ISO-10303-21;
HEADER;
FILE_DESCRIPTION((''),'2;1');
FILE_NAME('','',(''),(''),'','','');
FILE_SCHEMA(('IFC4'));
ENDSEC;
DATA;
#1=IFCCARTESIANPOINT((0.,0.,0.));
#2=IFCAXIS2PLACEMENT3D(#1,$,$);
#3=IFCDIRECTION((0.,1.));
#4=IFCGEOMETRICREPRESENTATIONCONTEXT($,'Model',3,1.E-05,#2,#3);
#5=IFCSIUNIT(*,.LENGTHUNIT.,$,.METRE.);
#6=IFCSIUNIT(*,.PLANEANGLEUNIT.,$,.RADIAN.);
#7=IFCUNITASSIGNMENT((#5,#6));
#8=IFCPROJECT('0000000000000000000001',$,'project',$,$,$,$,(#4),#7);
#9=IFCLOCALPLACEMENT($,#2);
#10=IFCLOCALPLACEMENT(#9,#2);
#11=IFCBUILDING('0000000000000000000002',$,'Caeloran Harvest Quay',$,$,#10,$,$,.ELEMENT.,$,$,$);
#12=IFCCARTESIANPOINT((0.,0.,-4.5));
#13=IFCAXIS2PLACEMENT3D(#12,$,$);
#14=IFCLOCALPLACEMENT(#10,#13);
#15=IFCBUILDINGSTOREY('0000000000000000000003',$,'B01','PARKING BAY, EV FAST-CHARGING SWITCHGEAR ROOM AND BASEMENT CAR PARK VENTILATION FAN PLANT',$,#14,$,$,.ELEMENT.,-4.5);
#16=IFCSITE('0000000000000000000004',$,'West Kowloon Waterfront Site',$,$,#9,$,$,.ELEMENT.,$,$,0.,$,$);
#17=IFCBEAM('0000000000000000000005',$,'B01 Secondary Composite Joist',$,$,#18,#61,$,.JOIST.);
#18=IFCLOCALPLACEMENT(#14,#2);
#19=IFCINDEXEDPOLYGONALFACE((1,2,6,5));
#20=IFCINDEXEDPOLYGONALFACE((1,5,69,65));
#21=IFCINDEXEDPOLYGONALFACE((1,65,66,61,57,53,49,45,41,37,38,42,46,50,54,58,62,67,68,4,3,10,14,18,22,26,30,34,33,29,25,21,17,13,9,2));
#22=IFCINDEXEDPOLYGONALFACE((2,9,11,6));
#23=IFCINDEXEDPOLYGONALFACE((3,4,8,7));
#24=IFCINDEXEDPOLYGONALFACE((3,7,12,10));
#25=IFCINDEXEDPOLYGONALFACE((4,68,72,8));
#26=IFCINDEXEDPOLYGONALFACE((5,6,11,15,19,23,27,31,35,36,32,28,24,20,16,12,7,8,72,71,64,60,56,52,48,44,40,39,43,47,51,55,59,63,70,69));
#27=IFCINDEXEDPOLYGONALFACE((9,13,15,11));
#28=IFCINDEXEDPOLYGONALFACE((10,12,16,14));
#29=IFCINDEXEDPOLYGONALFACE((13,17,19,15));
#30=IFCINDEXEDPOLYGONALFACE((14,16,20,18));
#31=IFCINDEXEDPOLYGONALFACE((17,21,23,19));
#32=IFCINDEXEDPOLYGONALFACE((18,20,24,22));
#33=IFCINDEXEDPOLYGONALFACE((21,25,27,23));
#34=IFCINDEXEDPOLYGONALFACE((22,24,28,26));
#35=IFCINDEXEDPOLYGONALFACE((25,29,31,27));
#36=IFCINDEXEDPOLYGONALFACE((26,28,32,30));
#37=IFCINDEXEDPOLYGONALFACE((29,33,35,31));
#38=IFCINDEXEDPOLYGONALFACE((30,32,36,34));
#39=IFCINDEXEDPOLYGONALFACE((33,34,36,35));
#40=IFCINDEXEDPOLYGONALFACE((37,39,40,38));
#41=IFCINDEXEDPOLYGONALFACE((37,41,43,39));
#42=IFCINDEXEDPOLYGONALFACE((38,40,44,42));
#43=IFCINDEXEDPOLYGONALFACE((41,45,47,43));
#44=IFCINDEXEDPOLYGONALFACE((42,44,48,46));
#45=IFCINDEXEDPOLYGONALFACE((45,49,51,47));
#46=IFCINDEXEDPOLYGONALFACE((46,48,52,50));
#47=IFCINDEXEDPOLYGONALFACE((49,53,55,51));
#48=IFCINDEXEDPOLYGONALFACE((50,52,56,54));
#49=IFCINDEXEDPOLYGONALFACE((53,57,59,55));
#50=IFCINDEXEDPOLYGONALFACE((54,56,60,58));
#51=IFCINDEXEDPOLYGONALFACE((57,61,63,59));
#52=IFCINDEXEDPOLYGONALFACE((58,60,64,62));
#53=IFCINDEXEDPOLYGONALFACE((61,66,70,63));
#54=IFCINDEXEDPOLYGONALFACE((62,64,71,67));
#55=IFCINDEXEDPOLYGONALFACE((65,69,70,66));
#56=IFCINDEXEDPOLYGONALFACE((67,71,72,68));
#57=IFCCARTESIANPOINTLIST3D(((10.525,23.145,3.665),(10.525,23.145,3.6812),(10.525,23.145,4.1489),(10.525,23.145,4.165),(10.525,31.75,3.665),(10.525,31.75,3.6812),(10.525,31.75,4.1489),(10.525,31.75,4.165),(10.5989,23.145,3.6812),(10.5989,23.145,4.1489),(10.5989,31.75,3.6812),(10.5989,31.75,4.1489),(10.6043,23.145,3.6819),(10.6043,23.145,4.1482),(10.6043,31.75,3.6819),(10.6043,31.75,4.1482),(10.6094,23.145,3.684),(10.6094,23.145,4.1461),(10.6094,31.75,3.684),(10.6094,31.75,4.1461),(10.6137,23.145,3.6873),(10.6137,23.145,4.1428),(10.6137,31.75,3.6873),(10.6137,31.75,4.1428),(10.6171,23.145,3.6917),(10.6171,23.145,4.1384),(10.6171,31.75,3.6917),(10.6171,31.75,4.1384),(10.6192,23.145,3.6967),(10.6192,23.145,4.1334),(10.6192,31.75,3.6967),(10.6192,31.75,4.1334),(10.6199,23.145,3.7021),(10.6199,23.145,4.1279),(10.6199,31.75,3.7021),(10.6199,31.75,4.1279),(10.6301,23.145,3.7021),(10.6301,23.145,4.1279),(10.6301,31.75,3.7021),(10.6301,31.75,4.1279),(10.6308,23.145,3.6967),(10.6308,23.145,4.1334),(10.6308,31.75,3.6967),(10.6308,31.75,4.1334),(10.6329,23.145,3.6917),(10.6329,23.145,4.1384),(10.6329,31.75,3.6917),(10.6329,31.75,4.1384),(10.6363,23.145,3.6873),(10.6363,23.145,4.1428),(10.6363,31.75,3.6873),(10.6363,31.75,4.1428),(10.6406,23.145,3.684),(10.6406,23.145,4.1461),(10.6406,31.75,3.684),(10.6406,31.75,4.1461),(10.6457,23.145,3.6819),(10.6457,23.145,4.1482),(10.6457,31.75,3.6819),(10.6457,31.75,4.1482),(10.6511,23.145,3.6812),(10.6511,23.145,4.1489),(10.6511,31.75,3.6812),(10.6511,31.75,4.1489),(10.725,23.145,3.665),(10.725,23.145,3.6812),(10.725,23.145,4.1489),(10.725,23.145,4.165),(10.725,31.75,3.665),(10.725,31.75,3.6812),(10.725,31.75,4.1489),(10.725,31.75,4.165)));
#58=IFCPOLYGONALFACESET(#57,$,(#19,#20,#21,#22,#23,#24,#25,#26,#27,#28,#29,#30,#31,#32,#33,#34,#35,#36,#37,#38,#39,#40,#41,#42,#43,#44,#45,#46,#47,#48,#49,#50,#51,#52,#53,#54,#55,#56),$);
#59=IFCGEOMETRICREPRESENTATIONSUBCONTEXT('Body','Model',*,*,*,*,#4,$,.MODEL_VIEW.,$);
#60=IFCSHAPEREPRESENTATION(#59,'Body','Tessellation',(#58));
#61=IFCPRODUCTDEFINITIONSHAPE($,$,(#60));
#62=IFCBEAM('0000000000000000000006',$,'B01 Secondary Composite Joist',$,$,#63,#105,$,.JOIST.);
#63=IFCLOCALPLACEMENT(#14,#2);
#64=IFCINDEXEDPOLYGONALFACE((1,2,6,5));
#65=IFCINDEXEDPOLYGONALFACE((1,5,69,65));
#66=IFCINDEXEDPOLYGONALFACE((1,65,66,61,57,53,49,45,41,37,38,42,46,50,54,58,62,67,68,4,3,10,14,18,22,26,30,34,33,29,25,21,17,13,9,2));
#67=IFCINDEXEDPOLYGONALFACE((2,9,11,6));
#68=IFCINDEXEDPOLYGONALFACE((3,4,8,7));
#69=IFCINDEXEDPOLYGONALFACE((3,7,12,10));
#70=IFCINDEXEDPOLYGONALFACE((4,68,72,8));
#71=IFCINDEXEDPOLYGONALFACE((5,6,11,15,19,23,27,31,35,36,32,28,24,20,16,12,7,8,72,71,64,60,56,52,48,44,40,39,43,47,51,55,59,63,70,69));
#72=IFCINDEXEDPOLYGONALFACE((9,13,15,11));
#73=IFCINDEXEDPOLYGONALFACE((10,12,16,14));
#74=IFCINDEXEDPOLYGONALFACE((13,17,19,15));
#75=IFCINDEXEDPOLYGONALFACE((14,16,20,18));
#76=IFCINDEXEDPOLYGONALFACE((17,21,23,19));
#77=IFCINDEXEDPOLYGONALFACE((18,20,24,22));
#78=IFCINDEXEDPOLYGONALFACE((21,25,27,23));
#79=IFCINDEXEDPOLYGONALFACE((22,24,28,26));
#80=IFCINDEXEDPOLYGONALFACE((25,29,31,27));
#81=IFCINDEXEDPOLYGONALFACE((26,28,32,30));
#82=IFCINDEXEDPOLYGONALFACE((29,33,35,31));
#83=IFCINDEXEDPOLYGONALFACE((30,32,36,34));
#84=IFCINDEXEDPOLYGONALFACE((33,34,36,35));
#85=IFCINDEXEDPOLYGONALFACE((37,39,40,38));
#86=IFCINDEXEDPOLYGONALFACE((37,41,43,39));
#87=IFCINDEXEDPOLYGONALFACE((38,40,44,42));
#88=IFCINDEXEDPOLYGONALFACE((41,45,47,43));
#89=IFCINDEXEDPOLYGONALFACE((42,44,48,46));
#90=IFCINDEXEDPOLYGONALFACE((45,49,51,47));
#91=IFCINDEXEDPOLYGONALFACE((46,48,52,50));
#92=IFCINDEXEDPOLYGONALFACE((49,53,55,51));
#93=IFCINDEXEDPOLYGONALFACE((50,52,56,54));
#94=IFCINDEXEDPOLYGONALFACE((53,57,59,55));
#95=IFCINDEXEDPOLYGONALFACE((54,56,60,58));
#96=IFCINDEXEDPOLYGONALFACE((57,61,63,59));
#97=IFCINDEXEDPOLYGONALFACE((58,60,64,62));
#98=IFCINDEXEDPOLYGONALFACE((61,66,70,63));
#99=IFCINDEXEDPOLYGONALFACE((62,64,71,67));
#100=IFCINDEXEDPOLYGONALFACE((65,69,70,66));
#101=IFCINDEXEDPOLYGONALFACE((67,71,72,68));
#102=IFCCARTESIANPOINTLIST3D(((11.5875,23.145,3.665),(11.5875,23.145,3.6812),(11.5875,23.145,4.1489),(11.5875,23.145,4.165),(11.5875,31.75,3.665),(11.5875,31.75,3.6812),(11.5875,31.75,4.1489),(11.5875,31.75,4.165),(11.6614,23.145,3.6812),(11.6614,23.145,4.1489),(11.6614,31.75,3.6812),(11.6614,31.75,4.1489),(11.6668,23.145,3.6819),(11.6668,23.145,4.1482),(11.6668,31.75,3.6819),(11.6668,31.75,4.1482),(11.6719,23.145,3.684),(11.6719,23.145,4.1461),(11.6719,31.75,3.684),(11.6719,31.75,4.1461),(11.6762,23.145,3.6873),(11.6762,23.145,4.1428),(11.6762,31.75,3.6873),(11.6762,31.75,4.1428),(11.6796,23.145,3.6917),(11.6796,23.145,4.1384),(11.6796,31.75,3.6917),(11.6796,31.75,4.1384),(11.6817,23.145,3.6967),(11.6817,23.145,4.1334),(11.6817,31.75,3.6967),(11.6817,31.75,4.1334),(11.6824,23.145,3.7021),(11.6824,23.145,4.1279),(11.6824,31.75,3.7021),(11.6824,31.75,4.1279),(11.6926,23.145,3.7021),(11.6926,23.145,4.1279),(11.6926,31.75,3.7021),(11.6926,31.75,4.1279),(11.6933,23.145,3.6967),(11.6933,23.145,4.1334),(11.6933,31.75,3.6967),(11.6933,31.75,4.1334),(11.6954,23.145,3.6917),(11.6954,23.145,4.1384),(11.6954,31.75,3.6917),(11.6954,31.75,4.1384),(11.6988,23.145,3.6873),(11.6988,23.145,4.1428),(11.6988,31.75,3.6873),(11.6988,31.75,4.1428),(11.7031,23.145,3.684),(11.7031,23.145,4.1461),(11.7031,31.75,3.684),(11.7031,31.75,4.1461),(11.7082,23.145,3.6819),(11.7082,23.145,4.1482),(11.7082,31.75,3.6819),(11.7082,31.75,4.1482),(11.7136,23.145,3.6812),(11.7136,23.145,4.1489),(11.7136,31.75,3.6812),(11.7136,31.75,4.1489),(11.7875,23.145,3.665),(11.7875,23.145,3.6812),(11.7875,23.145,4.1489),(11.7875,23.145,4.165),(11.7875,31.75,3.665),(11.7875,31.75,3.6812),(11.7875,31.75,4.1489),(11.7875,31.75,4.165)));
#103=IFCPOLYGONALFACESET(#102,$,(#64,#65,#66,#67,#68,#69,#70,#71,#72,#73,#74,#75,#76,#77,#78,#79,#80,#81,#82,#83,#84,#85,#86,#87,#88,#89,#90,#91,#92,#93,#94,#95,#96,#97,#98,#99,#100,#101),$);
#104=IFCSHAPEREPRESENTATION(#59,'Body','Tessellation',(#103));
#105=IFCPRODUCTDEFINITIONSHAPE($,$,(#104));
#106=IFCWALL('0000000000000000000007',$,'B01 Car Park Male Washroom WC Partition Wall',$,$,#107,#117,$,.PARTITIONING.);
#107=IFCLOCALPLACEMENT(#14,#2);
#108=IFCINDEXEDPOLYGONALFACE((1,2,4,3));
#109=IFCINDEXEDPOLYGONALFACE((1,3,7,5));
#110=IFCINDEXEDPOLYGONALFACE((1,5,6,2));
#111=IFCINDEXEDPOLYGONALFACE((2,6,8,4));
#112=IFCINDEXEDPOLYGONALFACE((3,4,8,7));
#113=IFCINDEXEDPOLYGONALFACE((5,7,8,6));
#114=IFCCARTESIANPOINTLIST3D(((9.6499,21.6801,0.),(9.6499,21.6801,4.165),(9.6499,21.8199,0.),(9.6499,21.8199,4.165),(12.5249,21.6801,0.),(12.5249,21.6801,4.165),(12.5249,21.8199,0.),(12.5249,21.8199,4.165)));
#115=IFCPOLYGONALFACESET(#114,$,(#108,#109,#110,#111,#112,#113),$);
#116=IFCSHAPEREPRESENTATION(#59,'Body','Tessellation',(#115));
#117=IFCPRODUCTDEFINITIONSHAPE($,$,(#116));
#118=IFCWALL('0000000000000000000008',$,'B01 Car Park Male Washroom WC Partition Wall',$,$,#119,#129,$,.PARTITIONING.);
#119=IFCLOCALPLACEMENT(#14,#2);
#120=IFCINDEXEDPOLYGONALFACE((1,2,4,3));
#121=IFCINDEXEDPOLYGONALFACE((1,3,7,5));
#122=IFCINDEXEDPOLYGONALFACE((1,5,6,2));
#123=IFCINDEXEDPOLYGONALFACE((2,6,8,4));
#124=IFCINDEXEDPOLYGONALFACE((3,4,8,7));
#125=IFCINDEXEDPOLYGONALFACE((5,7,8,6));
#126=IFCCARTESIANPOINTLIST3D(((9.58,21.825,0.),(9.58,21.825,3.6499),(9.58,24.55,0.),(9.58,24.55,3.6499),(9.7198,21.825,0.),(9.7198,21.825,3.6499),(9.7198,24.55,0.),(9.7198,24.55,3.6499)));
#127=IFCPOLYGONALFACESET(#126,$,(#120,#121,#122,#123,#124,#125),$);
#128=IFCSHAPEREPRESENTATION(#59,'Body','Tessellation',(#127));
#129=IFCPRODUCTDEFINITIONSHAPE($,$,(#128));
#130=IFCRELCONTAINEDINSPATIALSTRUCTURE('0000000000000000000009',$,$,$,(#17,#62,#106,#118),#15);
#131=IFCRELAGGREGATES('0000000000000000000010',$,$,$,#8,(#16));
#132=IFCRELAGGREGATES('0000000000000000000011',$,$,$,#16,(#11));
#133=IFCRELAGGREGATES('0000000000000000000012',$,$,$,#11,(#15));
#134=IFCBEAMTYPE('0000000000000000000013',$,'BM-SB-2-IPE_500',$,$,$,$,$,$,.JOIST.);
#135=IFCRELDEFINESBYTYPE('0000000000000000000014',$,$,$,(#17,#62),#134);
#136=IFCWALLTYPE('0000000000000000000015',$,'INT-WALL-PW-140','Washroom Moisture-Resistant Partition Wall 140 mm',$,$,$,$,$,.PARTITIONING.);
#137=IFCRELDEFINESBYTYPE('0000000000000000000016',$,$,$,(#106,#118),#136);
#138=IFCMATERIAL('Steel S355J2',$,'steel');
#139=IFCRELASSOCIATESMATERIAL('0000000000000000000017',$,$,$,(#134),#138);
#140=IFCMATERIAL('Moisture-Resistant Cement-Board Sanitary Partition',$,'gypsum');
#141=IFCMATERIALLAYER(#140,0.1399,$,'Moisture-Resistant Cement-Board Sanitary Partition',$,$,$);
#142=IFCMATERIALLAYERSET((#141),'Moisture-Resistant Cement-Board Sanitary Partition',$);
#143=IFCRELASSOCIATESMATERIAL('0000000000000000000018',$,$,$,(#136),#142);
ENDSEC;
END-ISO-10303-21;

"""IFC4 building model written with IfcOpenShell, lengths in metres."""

from ifc_helpers import new_model, si_unit, direction, frame, frame_2d, origin, origin_2d, place, context, subcontext, project, spatial, rectangle, i_section, extrude, material, layer, layer_set, material_profile, profile_set, type_object, element, save


model = new_model("IFC4")

# Units and contexts
model_context = context("Model", 3, precision=1e-05, world=origin(), true_north=direction((0.0, 1.0)))
body_context = subcontext(model_context, "Body", "Model", "MODEL_VIEW")
ifc_project = project(units=[si_unit("LENGTHUNIT", "METRE"), si_unit("PLANEANGLEUNIT", "RADIAN")], contexts=[model_context])

# Site, building, storey
site_placement = place(None, origin())
site = spatial("IfcSite", under=ifc_project, at=site_placement, Name="West Kowloon Waterfront Site", CompositionType="ELEMENT", RefElevation=0.0)
building_placement = place(site_placement, origin())
building = spatial("IfcBuilding", under=site, at=building_placement, Name="Caeloran Harvest Quay", CompositionType="ELEMENT")
storey_placement = place(building_placement, frame((0.0, 0.0, -4.5)))
storey = spatial("IfcBuildingStorey", under=building, at=storey_placement, Name="B01", Description="PARKING BAY, EV FAST-CHARGING SWITCHGEAR ROOM AND BASEMENT CAR PARK VENTILATION FAN PLANT", CompositionType="ELEMENT", Elevation=-4.5)

# Beams
ifc_material_1 = material(Name="Steel S355J2", Category="steel")
ifc_material_profile_1 = material_profile(ifc_material_1, i_section(OverallWidth=0.2, OverallDepth=0.5, WebThickness=0.0103, FlangeThickness=0.0161, FilletRadius=0.021, at=origin_2d()), Name="IPE 500")
ifc_profile_set_1 = profile_set([ifc_material_profile_1], Name="Steel S355J2")
beam_type_1 = type_object("IfcBeamType", Name="BM-SB-2-IPE_500", PredefinedType="JOIST", material=ifc_profile_set_1)
for number, where, z_axis, x_axis, name in (
    (1, (10.625, 23.145, 3.915), (0.0, 1.0, 0.0), (-1.0, 0.0, 0.0), "B01 Secondary Composite Joist"),
    (2, (11.6875, 23.145, 3.915), (0.0, 1.0, 0.0), (-1.0, 0.0, 0.0), "B01 Secondary Composite Joist"),
):
    element("IfcBeam", number, at=place(storey_placement, frame(where, z_axis=z_axis, x_axis=x_axis)), inside=storey, type_object=beam_type_1, Name=name, PredefinedType="JOIST", context=body_context, shape_type="SweptSolid", body=[
        extrude(i_section(OverallWidth=0.2, OverallDepth=0.5, WebThickness=0.0103, FlangeThickness=0.0161, FilletRadius=0.021, at=origin_2d()), origin(), (0.0, 0.0, 1.0), 8.605),
    ])

# Walls
ifc_material_2 = material(Name="Moisture-Resistant Cement-Board Sanitary Partition", Category="gypsum")
ifc_layer = layer(ifc_material_2, 0.1399, Name="Moisture-Resistant Cement-Board Sanitary Partition")
ifc_layer_set = layer_set([ifc_layer], Name="Moisture-Resistant Cement-Board Sanitary Partition")
wall_type = type_object("IfcWallType", Name="INT-WALL-PW-140", Description="Washroom Moisture-Resistant Partition Wall 140 mm", PredefinedType="PARTITIONING", material=ifc_layer_set)
wall_1_placement = place(storey_placement, frame((12.5249, 21.75, 0.0), z_axis=(0.0, 0.0, 1.0), x_axis=(-1.0, 0.0, 0.0)))
element("IfcWall", 3, at=wall_1_placement, inside=storey, type_object=wall_type, Name="B01 Car Park Male Washroom WC Partition Wall", PredefinedType="PARTITIONING", context=body_context, shape_type="SweptSolid", body=[
    extrude(rectangle(XDim=2.875, YDim=0.1399, at=frame_2d((1.4375, 0.0))), origin(), (0.0, 0.0, 1.0), 4.165),
])
wall_2_placement = place(storey_placement, frame((9.6499, 21.825, 0.0), z_axis=(0.0, 0.0, 1.0), x_axis=(0.0, 1.0, 0.0)))
element("IfcWall", 4, at=wall_2_placement, inside=storey, type_object=wall_type, Name="B01 Car Park Male Washroom WC Partition Wall", PredefinedType="PARTITIONING", context=body_context, shape_type="SweptSolid", body=[
    extrude(rectangle(XDim=2.7251, YDim=0.1399, at=frame_2d((1.3625, 0.0))), origin(), (0.0, 0.0, 1.0), 3.6499),
])

save(model, "model.ifc")
